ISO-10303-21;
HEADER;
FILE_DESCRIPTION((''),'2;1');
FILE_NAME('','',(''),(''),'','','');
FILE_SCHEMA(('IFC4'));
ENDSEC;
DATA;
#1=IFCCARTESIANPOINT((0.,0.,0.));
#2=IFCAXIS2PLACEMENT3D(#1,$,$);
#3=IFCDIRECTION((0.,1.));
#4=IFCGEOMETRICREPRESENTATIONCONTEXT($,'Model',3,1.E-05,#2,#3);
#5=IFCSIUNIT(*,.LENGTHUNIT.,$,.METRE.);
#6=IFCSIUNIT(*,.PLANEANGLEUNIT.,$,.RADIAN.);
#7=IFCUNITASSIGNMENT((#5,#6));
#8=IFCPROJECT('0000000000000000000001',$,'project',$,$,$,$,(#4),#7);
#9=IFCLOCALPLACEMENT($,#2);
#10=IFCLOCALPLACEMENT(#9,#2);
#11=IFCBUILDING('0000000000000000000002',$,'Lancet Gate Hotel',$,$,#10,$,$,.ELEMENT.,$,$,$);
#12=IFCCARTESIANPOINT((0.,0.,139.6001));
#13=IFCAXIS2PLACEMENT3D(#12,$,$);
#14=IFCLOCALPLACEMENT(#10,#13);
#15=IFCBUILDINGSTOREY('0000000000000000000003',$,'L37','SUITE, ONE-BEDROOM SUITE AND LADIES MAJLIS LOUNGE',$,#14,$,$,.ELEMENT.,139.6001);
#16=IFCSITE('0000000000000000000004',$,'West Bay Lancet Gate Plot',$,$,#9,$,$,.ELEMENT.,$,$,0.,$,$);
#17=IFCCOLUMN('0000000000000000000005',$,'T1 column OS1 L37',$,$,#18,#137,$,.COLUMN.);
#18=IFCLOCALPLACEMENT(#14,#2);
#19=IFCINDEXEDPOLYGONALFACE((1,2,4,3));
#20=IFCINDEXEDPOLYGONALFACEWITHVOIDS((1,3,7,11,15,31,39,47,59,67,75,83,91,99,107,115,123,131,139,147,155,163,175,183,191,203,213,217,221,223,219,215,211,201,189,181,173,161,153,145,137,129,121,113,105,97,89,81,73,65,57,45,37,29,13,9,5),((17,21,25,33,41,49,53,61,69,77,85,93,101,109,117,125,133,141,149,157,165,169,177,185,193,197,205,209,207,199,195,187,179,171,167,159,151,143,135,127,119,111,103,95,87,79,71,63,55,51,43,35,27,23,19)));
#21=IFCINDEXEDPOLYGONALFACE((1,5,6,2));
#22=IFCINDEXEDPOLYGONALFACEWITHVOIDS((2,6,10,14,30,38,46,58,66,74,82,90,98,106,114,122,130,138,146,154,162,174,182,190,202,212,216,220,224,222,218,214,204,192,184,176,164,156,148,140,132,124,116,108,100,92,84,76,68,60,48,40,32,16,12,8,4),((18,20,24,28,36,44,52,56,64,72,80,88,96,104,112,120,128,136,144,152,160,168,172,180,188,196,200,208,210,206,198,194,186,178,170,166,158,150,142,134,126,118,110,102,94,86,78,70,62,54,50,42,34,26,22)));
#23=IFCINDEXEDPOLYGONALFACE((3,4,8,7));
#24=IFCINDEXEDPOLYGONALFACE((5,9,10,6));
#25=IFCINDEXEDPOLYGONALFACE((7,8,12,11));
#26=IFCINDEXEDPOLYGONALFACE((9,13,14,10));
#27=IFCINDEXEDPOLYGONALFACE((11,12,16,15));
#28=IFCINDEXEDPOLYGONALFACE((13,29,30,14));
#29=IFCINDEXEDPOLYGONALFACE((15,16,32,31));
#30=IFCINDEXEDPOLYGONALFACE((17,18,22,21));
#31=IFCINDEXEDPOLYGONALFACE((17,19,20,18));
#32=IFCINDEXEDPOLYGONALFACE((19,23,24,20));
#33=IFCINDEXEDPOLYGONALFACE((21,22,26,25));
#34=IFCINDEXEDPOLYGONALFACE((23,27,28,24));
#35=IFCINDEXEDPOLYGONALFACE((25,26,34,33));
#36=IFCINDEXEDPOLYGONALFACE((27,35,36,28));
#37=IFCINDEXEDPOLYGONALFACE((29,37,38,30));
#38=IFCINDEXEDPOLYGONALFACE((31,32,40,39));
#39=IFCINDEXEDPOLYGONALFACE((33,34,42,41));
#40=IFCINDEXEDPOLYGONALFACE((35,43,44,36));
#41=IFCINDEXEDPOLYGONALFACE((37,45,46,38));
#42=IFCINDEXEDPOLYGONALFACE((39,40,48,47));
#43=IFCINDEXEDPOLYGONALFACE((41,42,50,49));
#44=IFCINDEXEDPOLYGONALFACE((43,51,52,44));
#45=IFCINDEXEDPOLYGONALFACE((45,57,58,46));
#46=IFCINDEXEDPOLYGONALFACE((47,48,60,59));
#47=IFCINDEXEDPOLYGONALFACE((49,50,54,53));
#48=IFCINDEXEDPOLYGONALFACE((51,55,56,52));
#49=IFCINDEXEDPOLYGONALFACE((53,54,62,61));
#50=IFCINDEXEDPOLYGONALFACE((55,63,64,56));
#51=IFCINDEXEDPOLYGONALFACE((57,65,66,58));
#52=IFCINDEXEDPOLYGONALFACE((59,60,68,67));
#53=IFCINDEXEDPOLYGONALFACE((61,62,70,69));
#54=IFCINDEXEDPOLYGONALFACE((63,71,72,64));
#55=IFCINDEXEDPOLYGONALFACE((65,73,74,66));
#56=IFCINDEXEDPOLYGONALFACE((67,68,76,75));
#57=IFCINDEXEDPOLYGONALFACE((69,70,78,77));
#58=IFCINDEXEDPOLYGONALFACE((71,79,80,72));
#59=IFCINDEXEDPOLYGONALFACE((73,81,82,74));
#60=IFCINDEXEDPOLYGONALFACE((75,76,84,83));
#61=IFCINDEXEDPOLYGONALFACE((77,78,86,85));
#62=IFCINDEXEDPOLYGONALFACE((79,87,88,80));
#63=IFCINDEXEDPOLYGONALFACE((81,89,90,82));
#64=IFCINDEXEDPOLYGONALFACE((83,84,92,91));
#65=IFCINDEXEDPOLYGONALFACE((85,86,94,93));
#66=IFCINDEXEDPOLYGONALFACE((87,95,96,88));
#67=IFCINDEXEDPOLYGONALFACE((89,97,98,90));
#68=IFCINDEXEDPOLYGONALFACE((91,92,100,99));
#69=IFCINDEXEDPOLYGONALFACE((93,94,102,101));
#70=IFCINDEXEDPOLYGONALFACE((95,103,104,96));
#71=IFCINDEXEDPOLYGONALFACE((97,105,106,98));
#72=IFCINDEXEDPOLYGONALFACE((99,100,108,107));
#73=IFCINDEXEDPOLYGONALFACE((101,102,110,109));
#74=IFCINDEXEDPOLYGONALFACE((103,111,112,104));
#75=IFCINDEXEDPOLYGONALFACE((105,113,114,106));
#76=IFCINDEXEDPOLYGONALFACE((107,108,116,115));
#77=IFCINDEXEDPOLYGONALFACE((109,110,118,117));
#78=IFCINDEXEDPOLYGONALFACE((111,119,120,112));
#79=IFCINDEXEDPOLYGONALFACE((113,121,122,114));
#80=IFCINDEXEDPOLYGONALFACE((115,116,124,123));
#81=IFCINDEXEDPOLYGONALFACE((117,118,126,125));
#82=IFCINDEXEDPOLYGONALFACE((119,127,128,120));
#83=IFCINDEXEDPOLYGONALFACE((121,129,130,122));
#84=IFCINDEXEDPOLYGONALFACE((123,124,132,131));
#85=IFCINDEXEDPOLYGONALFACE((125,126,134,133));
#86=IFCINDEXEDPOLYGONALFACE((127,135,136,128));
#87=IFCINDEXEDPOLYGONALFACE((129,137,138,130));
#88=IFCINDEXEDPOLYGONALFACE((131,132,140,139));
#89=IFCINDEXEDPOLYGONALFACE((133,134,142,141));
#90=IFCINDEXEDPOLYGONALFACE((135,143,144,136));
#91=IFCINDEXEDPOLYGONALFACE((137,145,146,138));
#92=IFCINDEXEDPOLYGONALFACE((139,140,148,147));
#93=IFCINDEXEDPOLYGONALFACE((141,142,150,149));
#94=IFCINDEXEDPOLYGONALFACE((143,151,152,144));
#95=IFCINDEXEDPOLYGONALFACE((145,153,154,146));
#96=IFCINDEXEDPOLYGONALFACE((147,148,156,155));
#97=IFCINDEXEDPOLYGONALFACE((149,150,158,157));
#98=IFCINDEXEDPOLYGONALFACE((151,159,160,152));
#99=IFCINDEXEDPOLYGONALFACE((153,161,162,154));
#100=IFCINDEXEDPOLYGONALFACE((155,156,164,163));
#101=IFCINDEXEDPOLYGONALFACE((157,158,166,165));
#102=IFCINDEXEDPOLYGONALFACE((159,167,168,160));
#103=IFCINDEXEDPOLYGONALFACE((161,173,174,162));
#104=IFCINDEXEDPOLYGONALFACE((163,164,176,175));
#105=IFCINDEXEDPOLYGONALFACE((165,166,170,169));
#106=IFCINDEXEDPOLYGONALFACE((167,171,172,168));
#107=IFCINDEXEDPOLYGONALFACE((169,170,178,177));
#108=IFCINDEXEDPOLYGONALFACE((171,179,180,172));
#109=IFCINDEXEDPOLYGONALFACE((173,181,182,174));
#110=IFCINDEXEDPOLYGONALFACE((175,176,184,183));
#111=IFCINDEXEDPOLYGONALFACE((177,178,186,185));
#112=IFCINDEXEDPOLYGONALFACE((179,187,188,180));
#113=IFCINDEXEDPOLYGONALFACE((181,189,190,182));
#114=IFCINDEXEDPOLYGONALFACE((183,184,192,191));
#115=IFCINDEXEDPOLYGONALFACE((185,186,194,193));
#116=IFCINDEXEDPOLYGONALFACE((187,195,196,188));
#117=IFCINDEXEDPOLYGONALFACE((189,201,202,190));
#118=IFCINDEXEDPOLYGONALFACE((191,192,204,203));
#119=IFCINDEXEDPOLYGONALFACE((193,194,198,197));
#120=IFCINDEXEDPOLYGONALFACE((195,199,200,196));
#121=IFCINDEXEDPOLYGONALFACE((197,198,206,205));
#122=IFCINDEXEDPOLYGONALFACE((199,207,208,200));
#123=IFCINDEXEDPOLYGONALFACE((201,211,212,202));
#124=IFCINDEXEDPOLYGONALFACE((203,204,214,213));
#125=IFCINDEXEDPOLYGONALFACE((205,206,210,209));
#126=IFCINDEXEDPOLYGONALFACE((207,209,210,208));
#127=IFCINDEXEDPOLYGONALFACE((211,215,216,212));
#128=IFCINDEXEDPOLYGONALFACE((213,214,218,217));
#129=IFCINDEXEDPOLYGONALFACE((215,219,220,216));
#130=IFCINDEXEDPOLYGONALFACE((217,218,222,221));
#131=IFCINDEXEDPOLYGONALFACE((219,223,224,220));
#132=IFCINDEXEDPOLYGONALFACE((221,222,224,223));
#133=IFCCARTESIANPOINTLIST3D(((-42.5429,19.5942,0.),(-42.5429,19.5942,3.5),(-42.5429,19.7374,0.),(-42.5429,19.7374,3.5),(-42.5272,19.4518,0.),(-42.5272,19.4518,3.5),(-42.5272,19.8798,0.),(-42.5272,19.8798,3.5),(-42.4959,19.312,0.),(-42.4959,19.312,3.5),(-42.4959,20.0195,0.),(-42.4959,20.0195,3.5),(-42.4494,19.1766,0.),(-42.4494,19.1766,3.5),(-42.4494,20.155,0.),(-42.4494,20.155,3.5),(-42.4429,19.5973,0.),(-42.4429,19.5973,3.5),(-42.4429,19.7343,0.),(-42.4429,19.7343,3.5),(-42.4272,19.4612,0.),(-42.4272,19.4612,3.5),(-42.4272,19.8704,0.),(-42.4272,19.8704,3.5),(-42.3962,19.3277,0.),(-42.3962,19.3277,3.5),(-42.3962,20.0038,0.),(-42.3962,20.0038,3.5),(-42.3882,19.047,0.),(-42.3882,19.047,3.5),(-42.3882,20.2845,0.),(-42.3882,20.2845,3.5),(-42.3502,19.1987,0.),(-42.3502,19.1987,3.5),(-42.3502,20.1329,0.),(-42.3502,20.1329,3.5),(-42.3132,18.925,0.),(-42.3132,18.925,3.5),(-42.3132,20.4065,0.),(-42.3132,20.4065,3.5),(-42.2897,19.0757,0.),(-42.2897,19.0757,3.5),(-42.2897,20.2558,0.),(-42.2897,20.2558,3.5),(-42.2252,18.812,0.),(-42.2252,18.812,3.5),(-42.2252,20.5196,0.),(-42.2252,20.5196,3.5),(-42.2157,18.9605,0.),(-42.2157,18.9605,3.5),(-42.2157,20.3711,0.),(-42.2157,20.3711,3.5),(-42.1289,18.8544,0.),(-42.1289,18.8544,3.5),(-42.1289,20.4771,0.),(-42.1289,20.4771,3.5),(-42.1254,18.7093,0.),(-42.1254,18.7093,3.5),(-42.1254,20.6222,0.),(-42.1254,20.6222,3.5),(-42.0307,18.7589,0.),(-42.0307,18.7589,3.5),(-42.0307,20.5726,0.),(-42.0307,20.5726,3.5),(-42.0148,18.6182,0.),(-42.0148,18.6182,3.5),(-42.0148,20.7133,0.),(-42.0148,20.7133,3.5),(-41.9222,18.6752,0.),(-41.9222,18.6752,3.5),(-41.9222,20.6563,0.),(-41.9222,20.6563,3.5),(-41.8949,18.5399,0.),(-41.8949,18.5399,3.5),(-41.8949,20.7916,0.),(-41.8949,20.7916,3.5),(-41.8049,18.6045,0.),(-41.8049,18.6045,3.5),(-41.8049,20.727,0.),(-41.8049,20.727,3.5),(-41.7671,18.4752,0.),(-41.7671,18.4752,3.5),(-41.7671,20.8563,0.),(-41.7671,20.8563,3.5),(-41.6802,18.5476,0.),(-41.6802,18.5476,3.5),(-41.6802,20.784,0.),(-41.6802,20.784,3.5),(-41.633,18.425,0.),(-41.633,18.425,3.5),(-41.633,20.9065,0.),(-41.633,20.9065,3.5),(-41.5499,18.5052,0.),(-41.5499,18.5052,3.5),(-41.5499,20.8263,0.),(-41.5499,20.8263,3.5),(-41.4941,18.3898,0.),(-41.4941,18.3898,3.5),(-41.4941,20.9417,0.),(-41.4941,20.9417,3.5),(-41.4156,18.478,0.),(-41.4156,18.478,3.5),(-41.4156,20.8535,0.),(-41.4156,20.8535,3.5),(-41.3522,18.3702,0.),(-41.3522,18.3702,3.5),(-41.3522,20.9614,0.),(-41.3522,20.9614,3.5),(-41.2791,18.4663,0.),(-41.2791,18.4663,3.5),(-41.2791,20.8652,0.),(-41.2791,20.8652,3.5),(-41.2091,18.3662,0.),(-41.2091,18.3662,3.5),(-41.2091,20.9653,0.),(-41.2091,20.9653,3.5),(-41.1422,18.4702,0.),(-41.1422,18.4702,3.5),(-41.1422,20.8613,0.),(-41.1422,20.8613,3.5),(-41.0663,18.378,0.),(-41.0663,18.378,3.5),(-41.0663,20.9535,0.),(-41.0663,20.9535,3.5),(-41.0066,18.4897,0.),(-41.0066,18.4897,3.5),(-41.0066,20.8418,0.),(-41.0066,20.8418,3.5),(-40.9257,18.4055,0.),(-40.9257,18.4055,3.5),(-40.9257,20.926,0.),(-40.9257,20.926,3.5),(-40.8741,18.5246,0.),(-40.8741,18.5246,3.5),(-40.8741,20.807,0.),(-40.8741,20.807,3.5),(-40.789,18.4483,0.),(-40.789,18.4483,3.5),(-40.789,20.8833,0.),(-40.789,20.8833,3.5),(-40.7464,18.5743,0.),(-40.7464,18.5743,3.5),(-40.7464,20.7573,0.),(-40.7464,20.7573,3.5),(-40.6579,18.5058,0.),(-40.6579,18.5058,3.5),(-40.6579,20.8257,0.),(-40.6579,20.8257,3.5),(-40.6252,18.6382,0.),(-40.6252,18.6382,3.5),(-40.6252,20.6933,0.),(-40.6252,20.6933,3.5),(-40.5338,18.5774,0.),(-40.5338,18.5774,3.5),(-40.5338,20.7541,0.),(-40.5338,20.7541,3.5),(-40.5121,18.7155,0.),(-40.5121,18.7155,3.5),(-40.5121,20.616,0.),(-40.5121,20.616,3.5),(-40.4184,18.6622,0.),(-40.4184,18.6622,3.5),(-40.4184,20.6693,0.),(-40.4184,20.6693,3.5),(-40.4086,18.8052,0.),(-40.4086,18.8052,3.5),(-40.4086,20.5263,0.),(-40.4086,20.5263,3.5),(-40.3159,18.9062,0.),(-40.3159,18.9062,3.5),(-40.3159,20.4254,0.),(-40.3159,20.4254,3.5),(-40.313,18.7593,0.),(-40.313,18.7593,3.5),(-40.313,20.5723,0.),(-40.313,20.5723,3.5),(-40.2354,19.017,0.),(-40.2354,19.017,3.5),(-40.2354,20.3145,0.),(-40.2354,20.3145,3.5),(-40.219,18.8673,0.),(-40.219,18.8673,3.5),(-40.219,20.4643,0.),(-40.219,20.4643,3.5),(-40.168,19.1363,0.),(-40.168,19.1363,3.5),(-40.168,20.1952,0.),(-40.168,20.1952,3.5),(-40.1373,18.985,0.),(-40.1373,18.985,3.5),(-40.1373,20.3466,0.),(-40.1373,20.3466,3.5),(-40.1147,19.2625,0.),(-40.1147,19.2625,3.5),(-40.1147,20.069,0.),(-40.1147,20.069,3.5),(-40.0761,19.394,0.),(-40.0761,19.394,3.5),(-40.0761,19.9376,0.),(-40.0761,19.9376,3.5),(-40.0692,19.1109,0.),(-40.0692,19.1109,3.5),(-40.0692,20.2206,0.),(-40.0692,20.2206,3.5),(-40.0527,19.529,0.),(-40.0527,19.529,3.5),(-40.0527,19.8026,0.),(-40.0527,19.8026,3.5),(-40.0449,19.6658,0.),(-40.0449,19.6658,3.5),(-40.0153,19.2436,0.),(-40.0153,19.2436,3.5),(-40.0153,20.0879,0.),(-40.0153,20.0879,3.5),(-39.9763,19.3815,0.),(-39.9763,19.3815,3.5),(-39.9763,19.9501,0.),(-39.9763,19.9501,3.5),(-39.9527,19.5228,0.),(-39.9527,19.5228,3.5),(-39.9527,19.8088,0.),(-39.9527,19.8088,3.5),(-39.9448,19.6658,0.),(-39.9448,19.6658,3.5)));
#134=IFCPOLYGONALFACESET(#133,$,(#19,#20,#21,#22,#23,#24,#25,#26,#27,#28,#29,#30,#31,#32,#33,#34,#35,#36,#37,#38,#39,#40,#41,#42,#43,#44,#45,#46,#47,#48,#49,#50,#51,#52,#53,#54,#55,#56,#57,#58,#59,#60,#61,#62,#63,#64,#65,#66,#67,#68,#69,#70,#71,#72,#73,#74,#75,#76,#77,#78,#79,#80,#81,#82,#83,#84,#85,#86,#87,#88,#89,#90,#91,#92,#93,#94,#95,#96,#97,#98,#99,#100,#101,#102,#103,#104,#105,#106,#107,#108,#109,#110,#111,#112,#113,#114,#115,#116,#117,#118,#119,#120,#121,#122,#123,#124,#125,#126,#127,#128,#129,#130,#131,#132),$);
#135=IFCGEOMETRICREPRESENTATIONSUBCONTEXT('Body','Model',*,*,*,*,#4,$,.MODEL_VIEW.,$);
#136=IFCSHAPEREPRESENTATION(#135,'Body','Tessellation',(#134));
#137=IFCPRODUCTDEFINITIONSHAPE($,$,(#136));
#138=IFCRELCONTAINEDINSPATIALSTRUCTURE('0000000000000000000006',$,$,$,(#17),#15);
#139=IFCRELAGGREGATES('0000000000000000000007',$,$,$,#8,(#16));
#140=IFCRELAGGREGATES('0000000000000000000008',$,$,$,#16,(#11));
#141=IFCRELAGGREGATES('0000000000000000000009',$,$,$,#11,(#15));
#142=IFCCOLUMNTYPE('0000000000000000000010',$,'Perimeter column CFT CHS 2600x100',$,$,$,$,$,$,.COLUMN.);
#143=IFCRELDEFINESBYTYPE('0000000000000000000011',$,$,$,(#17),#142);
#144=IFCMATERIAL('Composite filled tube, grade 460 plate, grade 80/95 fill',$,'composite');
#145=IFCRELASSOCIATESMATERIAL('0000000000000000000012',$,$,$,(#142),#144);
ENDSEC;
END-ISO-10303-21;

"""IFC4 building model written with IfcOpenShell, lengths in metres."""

from ifc_helpers import new_model, si_unit, direction, frame, origin, origin_2d, place, context, subcontext, project, spatial, hollow_circle, extrude, material, material_profile, profile_set, type_object, element, save


model = new_model("IFC4")

# Units and contexts
model_context = context("Model", 3, precision=1e-05, world=origin(), true_north=direction((0.0, 1.0)))
body_context = subcontext(model_context, "Body", "Model", "MODEL_VIEW")
ifc_project = project(units=[si_unit("LENGTHUNIT", "METRE"), si_unit("PLANEANGLEUNIT", "RADIAN")], contexts=[model_context])

# Site, building, storey
site_placement = place(None, origin())
site = spatial("IfcSite", under=ifc_project, at=site_placement, Name="West Bay Lancet Gate Plot", CompositionType="ELEMENT", RefElevation=0.0)
building_placement = place(site_placement, origin())
building = spatial("IfcBuilding", under=site, at=building_placement, Name="Lancet Gate Hotel", CompositionType="ELEMENT")
storey_placement = place(building_placement, frame((0.0, 0.0, 139.6001)))
storey = spatial("IfcBuildingStorey", under=building, at=storey_placement, Name="L37", Description="SUITE, ONE-BEDROOM SUITE AND LADIES MAJLIS LOUNGE", CompositionType="ELEMENT", Elevation=139.6001)

# Column
ifc_material_1 = material(Name="Composite filled tube, grade 460 plate, grade 80/95 fill", Category="composite")
ifc_material_profile_1 = material_profile(ifc_material_1, hollow_circle(Radius=1.3, WallThickness=0.1001, at=origin_2d()), Name="CHS 2600x100")
ifc_profile_set_1 = profile_set([ifc_material_profile_1], Name="Composite filled tube, grade 460 plate, grade 80/95 fill")
column_type = type_object("IfcColumnType", Name="Perimeter column CFT CHS 2600x100", PredefinedType="COLUMN", material=ifc_profile_set_1)
for number, where, z_axis, x_axis, name in (
    (1, (-41.2449, 19.6658, 0.0), (0.0, 0.0, 1.0), (1.0, 0.0, 0.0), "T1 column OS1 L37"),
):
    element("IfcColumn", number, at=place(storey_placement, frame(where, z_axis=z_axis, x_axis=x_axis)), inside=storey, type_object=column_type, Name=name, PredefinedType="COLUMN", context=body_context, shape_type="SweptSolid", body=[
        extrude(hollow_circle(Radius=1.3, WallThickness=0.1001, at=origin_2d()), origin(), (0.0, 0.0, 1.0), 3.5),
    ])

save(model, "model.ifc")
